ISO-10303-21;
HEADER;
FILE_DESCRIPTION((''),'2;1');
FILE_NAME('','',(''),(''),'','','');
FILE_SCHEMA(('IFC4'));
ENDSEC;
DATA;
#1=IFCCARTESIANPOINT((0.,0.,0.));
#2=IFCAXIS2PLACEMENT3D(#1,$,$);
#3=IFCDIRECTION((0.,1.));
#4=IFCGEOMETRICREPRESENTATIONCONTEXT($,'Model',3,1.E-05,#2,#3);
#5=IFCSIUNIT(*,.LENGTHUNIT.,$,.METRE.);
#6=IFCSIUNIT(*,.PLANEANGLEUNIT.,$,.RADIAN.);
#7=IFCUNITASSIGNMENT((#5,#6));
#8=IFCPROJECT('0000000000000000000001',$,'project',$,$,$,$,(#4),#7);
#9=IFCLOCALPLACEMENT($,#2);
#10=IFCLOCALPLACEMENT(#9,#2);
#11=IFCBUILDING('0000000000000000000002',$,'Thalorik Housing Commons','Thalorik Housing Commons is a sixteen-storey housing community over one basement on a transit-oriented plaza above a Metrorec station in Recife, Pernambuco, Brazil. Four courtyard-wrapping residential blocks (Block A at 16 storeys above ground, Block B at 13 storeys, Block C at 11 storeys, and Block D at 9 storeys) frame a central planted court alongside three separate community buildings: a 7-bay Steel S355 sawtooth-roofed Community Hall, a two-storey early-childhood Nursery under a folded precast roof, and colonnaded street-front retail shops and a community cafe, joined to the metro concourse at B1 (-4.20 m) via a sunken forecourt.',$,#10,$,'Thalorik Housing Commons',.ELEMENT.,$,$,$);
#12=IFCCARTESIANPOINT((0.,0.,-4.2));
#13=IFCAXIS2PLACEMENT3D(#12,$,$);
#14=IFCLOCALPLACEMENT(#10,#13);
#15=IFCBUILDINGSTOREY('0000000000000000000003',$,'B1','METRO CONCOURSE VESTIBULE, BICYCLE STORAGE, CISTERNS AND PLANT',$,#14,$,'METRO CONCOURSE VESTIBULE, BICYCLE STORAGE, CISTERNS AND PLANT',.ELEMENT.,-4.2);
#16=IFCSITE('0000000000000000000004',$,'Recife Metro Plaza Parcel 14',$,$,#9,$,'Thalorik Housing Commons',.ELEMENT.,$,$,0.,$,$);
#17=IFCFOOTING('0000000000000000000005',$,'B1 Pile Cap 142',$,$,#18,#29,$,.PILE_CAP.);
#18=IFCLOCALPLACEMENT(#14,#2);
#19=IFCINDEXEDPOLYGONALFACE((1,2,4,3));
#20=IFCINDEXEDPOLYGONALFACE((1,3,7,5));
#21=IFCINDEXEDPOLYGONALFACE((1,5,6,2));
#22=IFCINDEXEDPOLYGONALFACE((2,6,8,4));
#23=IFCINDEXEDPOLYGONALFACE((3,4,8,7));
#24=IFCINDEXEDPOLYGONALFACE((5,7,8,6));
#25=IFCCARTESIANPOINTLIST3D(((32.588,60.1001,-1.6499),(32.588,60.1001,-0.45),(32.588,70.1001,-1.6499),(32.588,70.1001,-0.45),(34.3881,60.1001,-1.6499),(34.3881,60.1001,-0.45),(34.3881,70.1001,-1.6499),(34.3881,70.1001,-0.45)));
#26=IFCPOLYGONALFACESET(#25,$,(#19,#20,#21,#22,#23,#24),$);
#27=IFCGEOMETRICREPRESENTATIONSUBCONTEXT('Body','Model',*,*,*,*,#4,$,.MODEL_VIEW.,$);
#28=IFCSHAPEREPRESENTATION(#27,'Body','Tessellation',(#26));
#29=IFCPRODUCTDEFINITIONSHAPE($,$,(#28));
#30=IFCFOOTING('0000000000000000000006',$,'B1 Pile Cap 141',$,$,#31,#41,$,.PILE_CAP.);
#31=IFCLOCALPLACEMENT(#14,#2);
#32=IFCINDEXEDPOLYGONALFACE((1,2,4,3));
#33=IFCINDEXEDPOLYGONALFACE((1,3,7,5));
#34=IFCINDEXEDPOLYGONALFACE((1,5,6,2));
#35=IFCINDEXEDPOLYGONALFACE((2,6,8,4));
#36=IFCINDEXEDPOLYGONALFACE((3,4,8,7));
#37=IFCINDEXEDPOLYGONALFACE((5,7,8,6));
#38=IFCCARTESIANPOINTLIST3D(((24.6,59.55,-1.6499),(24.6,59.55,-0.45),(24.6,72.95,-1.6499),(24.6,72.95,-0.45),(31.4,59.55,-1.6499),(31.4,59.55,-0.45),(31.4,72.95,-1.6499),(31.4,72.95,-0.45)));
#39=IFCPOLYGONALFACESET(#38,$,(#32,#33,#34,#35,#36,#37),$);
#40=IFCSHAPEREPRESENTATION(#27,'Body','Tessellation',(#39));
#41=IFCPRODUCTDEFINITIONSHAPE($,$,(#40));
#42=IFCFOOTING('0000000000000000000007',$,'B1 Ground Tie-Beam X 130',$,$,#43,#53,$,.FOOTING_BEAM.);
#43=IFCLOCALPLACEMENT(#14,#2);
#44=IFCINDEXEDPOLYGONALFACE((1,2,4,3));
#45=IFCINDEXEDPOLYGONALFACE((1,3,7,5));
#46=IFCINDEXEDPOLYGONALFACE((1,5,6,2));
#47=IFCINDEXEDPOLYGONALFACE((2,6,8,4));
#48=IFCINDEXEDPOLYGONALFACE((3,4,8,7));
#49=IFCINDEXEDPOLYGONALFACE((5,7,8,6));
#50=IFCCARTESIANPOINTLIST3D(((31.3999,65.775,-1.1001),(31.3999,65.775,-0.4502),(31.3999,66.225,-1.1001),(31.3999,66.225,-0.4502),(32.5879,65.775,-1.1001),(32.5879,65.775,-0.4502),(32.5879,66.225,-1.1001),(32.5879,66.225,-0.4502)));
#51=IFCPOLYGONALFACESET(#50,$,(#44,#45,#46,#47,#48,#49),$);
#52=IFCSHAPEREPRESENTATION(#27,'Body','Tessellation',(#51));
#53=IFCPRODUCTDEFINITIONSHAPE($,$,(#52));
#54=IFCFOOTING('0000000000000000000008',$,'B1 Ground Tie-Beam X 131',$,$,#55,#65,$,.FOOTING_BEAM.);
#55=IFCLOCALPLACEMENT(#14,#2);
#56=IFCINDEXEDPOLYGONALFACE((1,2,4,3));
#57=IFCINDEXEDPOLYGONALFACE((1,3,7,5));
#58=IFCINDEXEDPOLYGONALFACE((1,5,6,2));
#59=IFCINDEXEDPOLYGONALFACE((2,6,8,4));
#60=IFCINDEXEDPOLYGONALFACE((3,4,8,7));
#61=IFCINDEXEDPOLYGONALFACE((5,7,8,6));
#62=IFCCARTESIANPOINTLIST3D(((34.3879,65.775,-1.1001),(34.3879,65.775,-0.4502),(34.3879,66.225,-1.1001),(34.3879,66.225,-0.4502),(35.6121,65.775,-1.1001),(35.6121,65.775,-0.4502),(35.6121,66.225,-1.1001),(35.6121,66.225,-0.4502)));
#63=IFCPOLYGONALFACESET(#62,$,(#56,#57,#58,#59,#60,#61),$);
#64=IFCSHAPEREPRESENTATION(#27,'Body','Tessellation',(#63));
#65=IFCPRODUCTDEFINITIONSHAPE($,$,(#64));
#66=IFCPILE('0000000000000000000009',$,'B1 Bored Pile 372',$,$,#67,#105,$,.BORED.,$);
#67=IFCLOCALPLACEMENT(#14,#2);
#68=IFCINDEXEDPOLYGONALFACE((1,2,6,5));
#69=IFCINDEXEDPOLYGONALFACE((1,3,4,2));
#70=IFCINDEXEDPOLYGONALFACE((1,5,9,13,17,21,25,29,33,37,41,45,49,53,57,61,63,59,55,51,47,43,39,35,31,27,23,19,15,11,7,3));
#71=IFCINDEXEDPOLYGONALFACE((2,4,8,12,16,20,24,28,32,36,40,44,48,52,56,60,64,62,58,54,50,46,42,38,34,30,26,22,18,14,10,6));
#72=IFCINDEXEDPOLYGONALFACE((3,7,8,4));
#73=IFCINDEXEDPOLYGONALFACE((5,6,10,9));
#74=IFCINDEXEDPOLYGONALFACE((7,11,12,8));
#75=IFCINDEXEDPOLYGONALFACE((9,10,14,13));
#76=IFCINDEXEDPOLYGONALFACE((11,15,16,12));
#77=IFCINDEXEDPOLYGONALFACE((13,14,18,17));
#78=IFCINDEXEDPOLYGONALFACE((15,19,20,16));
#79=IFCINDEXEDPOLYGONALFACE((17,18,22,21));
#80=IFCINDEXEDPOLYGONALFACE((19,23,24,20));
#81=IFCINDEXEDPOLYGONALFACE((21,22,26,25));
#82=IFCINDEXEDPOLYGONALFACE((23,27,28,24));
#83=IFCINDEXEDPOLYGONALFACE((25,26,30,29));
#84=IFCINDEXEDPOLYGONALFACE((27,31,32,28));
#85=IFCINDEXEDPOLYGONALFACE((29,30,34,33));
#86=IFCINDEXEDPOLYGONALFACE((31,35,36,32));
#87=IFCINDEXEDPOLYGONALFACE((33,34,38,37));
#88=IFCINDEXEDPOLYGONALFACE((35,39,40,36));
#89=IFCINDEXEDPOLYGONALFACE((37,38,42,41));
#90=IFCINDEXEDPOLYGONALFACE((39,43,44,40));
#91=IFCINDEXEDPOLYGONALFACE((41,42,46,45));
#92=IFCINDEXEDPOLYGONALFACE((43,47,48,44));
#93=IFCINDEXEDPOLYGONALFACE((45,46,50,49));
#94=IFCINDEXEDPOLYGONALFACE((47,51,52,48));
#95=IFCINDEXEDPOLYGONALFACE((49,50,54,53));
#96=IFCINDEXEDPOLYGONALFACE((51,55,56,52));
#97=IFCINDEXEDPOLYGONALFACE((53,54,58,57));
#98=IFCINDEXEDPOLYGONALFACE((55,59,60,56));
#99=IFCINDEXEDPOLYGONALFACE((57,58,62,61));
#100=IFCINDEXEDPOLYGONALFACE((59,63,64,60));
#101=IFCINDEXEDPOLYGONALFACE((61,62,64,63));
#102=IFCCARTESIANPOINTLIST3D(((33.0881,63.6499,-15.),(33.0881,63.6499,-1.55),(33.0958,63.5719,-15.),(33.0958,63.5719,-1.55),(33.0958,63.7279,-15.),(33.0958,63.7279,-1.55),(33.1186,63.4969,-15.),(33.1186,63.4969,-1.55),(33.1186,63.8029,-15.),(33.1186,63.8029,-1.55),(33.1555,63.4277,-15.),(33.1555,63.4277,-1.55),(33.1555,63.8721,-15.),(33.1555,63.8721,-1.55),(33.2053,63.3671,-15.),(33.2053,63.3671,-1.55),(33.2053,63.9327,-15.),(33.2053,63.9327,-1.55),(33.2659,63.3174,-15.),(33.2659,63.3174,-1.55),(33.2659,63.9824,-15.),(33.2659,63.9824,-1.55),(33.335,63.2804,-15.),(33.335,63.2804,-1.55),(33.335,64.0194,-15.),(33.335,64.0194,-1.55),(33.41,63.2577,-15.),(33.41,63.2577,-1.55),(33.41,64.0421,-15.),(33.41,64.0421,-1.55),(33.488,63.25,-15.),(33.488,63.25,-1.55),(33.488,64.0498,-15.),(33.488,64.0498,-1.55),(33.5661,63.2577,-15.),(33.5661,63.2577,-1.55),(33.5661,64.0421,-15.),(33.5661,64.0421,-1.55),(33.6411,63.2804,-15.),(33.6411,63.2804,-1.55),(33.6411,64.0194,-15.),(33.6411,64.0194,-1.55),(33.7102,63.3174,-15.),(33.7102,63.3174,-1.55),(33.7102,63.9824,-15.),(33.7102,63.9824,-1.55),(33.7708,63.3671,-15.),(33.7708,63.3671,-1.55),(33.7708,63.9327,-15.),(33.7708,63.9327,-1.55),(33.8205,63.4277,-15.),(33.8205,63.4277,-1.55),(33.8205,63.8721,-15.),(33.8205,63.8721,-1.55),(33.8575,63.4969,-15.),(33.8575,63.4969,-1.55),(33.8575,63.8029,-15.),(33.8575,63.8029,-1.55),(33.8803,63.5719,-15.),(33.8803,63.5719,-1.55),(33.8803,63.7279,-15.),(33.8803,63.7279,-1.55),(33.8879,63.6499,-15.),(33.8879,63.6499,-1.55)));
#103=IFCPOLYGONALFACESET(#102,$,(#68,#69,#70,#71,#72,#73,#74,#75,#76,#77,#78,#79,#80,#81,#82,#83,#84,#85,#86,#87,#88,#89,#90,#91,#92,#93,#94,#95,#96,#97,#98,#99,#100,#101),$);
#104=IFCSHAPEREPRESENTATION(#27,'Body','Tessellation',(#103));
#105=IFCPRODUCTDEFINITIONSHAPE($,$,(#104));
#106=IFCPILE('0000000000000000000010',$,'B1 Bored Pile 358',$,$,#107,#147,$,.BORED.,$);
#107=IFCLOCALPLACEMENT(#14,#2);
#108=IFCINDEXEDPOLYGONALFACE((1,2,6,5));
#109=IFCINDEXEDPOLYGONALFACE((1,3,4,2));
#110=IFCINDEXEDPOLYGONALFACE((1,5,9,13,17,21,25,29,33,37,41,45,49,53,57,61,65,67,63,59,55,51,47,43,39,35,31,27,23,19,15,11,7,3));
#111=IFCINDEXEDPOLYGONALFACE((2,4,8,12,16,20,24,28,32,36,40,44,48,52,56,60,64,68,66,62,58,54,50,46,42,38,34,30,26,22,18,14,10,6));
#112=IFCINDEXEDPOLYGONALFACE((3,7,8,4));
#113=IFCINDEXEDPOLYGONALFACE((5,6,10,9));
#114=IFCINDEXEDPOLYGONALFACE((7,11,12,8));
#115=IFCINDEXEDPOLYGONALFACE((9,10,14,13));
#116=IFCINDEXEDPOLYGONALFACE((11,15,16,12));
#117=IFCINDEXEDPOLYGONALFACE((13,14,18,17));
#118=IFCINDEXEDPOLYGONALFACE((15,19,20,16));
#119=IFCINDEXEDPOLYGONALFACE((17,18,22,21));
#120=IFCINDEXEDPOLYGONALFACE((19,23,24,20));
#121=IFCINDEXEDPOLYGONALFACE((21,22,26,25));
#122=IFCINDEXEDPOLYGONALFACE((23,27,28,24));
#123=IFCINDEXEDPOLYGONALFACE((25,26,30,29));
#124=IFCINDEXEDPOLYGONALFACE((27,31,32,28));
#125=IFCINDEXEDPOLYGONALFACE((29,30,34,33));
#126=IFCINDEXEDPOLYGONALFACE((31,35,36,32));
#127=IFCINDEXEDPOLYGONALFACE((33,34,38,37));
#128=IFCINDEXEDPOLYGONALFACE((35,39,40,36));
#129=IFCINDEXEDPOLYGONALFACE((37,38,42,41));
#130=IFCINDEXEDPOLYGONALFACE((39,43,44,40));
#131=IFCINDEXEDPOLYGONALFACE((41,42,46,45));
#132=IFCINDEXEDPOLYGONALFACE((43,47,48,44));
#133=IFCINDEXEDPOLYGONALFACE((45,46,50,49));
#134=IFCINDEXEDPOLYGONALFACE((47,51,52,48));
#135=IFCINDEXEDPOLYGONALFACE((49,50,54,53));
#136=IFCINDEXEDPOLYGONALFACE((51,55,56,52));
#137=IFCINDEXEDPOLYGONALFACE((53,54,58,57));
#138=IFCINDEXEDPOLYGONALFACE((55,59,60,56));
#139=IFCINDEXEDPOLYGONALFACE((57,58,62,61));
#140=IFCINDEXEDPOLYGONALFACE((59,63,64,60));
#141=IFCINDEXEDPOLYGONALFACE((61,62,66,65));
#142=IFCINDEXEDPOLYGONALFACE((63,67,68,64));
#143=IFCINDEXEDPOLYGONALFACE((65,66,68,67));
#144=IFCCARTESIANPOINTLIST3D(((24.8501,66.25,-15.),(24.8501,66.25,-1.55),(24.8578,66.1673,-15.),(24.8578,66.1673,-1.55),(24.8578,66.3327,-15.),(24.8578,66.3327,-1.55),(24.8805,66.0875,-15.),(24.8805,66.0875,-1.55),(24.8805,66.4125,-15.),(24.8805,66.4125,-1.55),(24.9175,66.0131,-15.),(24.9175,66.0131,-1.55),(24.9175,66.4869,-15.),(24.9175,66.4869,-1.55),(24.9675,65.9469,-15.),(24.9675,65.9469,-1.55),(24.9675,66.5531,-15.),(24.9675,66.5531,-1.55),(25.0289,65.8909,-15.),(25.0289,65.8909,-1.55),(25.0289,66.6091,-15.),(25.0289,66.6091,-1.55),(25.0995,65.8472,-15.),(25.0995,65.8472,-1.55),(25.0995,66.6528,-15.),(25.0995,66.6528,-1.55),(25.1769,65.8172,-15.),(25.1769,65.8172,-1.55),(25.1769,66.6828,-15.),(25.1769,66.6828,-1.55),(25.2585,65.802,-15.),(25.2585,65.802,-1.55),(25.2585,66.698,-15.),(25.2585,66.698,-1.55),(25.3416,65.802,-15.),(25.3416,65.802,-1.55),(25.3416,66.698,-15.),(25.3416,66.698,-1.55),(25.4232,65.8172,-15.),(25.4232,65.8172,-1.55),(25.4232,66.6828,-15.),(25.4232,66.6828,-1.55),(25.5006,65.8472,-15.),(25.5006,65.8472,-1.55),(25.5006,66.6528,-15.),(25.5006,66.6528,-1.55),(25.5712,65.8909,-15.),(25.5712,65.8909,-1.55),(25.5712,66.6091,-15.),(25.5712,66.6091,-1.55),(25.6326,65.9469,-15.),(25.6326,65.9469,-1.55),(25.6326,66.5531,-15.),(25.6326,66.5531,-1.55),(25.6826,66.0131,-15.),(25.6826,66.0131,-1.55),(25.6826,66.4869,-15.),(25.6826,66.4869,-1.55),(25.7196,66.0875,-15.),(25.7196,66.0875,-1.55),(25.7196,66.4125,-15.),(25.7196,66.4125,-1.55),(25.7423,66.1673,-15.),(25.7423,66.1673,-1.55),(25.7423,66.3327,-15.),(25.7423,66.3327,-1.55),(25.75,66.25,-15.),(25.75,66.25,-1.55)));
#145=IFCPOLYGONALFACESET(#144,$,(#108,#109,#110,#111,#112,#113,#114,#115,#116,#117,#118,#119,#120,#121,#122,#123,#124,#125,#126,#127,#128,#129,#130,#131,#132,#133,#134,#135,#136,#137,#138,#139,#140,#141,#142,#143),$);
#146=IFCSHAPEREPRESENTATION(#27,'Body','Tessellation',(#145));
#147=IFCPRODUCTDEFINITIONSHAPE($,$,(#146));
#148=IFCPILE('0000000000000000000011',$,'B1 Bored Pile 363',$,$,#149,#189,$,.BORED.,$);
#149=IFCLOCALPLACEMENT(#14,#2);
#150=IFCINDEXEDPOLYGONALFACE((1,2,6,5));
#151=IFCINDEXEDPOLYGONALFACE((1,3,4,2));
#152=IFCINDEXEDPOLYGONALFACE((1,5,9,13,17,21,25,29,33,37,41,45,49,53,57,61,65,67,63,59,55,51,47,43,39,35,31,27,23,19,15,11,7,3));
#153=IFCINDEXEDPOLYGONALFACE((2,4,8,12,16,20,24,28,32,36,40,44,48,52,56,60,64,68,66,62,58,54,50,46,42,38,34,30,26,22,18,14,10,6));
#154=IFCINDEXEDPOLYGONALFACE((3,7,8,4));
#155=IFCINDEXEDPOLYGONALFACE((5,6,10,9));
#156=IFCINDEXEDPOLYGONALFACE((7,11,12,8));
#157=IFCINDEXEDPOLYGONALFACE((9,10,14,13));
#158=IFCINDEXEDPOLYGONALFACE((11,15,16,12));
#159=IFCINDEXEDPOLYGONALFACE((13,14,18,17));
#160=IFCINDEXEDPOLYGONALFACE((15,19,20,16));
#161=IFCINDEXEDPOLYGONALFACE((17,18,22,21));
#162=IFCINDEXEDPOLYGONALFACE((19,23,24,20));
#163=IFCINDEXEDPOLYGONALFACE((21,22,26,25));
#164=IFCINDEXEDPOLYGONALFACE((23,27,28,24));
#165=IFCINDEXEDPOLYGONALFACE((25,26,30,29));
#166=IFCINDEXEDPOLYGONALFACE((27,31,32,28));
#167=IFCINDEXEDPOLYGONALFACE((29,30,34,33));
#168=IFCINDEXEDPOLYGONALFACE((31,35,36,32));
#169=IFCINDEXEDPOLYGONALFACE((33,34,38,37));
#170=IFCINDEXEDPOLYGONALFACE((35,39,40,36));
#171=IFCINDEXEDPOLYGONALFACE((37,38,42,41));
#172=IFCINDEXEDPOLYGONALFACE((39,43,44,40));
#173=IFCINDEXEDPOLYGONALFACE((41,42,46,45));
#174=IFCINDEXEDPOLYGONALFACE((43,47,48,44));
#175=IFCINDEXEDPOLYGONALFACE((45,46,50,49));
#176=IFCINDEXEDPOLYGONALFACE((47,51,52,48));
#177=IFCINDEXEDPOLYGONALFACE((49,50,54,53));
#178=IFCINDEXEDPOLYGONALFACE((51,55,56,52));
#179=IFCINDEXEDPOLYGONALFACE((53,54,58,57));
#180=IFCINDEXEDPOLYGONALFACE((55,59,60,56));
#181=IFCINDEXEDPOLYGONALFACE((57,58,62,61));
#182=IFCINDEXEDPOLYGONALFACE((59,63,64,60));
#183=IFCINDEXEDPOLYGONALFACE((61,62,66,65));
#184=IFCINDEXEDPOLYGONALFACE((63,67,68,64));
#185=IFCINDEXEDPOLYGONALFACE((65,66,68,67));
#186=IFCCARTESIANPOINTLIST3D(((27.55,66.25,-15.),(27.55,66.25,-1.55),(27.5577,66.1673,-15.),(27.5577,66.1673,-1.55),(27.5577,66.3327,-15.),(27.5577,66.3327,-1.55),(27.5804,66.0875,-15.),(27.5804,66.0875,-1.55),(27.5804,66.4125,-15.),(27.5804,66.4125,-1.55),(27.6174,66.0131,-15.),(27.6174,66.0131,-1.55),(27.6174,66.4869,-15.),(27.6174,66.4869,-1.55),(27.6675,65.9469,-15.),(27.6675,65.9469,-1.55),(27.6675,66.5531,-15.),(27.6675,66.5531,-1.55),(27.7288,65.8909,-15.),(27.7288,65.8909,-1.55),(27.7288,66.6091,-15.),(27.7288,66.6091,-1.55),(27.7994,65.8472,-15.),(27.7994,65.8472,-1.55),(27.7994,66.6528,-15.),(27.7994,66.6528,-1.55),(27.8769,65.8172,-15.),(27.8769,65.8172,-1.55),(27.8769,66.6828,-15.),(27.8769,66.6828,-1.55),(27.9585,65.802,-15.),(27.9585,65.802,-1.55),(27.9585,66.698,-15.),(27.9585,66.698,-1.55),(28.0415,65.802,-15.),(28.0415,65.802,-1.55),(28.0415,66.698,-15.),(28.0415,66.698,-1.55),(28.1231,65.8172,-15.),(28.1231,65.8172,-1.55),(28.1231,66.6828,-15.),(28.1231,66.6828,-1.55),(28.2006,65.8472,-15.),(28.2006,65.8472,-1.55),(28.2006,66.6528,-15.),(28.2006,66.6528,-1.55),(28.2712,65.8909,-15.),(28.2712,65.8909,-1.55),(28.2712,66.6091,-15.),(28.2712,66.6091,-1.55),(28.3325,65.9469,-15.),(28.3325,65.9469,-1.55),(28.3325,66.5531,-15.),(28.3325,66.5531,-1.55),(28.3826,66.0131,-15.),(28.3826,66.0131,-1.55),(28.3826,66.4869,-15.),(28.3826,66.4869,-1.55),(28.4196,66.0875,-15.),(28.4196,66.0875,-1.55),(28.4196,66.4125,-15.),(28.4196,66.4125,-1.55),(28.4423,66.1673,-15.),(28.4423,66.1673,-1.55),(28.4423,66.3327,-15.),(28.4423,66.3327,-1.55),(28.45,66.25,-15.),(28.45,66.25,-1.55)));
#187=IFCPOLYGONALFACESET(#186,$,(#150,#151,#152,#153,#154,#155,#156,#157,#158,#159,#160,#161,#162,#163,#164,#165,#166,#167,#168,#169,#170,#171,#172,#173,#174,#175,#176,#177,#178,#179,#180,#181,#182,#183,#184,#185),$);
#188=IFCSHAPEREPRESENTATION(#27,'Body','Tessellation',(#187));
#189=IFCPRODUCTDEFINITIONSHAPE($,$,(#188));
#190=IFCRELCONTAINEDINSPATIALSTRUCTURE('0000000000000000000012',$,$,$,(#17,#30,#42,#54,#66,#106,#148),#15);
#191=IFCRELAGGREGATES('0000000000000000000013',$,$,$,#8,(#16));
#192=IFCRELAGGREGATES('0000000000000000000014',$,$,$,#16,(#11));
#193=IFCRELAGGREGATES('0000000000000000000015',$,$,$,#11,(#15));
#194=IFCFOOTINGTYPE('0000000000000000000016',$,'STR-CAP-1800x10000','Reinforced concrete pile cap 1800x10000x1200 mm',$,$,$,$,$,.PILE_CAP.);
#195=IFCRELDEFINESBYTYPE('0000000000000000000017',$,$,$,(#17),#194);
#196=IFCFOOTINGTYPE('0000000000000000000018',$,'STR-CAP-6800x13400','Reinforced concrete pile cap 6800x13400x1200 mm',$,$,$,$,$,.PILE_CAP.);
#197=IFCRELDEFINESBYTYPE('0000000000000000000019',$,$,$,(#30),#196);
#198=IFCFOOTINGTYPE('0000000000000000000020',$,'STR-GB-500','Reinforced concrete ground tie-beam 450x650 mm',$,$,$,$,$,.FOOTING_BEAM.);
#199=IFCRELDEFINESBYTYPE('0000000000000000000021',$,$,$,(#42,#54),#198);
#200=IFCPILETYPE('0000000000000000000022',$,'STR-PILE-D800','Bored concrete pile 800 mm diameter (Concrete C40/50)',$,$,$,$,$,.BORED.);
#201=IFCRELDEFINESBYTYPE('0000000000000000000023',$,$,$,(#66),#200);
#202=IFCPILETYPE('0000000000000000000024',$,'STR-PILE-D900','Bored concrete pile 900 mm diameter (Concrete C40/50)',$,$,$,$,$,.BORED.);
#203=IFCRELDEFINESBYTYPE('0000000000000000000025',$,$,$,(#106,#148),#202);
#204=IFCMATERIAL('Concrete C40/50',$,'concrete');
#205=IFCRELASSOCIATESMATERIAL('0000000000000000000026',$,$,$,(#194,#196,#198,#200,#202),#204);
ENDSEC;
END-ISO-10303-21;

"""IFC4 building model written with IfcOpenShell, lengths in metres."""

from ifc_helpers import new_model, si_unit, direction, frame, origin, origin_2d, place, context, subcontext, project, spatial, rectangle, circle, extrude, material, material_profile, profile_set, type_object, element, save


model = new_model("IFC4")

# Units and contexts
model_context = context("Model", 3, precision=1e-05, world=origin(), true_north=direction((0.0, 1.0)))
body_context = subcontext(model_context, "Body", "Model", "MODEL_VIEW")
ifc_project = project(units=[si_unit("LENGTHUNIT", "METRE"), si_unit("PLANEANGLEUNIT", "RADIAN")], contexts=[model_context])

# Site, building, storey
site_placement = place(None, origin())
site = spatial("IfcSite", under=ifc_project, at=site_placement, Name="Recife Metro Plaza Parcel 14", LongName="Thalorik Housing Commons", CompositionType="ELEMENT", RefElevation=0.0)
building_placement = place(site_placement, origin())
building = spatial("IfcBuilding", under=site, at=building_placement, Name="Thalorik Housing Commons", Description="Thalorik Housing Commons is a sixteen-storey housing community over one basement on a transit-oriented plaza above a Metrorec station in Recife, Pernambuco, Brazil. Four courtyard-wrapping residential blocks (Block A at 16 storeys above ground, Block B at 13 storeys, Block C at 11 storeys, and Block D at 9 storeys) frame a central planted court alongside three separate community buildings: a 7-bay Steel S355 sawtooth-roofed Community Hall, a two-storey early-childhood Nursery under a folded precast roof, and colonnaded street-front retail shops and a community cafe, joined to the metro concourse at B1 (-4.20 m) via a sunken forecourt.", LongName="Thalorik Housing Commons", CompositionType="ELEMENT")
storey_placement = place(building_placement, frame((0.0, 0.0, -4.2)))
storey = spatial("IfcBuildingStorey", under=building, at=storey_placement, Name="B1", Description="METRO CONCOURSE VESTIBULE, BICYCLE STORAGE, CISTERNS AND PLANT", LongName="METRO CONCOURSE VESTIBULE, BICYCLE STORAGE, CISTERNS AND PLANT", CompositionType="ELEMENT", Elevation=-4.2)

# Footings
ifc_material_1 = material(Name="Concrete C40/50", Category="concrete")
footing_type_1 = type_object("IfcFootingType", Name="STR-CAP-1800x10000", Description="Reinforced concrete pile cap 1800x10000x1200 mm", PredefinedType="PILE_CAP", material=ifc_material_1)
footing_1_placement = place(storey_placement, frame((33.488, 65.1001, -1.6499), z_axis=(0.0, 0.0, 1.0), x_axis=(1.0, 0.0, 0.0)))
element("IfcFooting", 1, at=footing_1_placement, inside=storey, type_object=footing_type_1, Name="B1 Pile Cap 142", PredefinedType="PILE_CAP", context=body_context, shape_type="SweptSolid", body=[
    extrude(rectangle(XDim=1.8, YDim=10.0, at=origin_2d()), origin(), (0.0, 0.0, 1.0), 1.2),
])
footing_type_2 = type_object("IfcFootingType", Name="STR-CAP-6800x13400", Description="Reinforced concrete pile cap 6800x13400x1200 mm", PredefinedType="PILE_CAP", material=ifc_material_1)
footing_2_placement = place(storey_placement, frame((28.0, 66.25, -1.6499), z_axis=(0.0, 0.0, 1.0), x_axis=(1.0, 0.0, 0.0)))
element("IfcFooting", 2, at=footing_2_placement, inside=storey, type_object=footing_type_2, Name="B1 Pile Cap 141", PredefinedType="PILE_CAP", context=body_context, shape_type="SweptSolid", body=[
    extrude(rectangle(XDim=6.8, YDim=13.3999, at=origin_2d()), origin(), (0.0, 0.0, 1.0), 1.2),
])
ifc_material_profile_1 = material_profile(ifc_material_1, rectangle(XDim=0.45, YDim=0.6499, at=origin_2d()), Name="RC 450x650", Category="concrete")
ifc_profile_set_1 = profile_set([ifc_material_profile_1], Name="Concrete C40/50")
footing_type_3 = type_object("IfcFootingType", Name="STR-GB-500", Description="Reinforced concrete ground tie-beam 450x650 mm", PredefinedType="FOOTING_BEAM", material=ifc_profile_set_1)
footing_3_placement = place(storey_placement, frame((31.3999, 66.0, -0.7751), z_axis=(1.0, 0.0, 0.0), x_axis=(0.0, 1.0, 0.0)))
element("IfcFooting", 3, at=footing_3_placement, inside=storey, type_object=footing_type_3, Name="B1 Ground Tie-Beam X 130", PredefinedType="FOOTING_BEAM", context=body_context, shape_type="SweptSolid", body=[
    extrude(rectangle(XDim=0.45, YDim=0.6499, at=origin_2d()), origin(), (0.0, 0.0, 1.0), 1.188),
])
footing_4_placement = place(storey_placement, frame((34.3879, 66.0, -0.7751), z_axis=(1.0, 0.0, 0.0), x_axis=(0.0, 1.0, 0.0)))
element("IfcFooting", 4, at=footing_4_placement, inside=storey, type_object=footing_type_3, Name="B1 Ground Tie-Beam X 131", PredefinedType="FOOTING_BEAM", context=body_context, shape_type="SweptSolid", body=[
    extrude(rectangle(XDim=0.45, YDim=0.6499, at=origin_2d()), origin(), (0.0, 0.0, 1.0), 1.2241),
])

# Piles
ifc_material_profile_2 = material_profile(ifc_material_1, circle(Radius=0.3999, at=origin_2d()), Name="BORED PILE D800", Category="concrete")
ifc_profile_set_2 = profile_set([ifc_material_profile_2], Name="Concrete C40/50")
pile_type_1 = type_object("IfcPileType", Name="STR-PILE-D800", Description="Bored concrete pile 800 mm diameter (Concrete C40/50)", PredefinedType="BORED", material=ifc_profile_set_2)
pile_placement = place(storey_placement, frame((33.488, 63.6499, -1.55), z_axis=(0.0, 0.0, -1.0), x_axis=(1.0, 0.0, 0.0)))
element("IfcPile", 5, at=pile_placement, inside=storey, type_object=pile_type_1, Name="B1 Bored Pile 372", PredefinedType="BORED", context=body_context, shape_type="SweptSolid", body=[
    extrude(circle(Radius=0.3999, at=origin_2d()), origin(), (0.0, 0.0, 1.0), 13.45),
])
ifc_material_profile_3 = material_profile(ifc_material_1, circle(Radius=0.45, at=origin_2d()), Name="BORED PILE D900", Category="concrete")
ifc_profile_set_3 = profile_set([ifc_material_profile_3], Name="Concrete C40/50")
pile_type_2 = type_object("IfcPileType", Name="STR-PILE-D900", Description="Bored concrete pile 900 mm diameter (Concrete C40/50)", PredefinedType="BORED", material=ifc_profile_set_3)
for number, where, z_axis, x_axis, name in (
    (6, (25.3, 66.25, -1.55), (0.0, 0.0, -1.0), (1.0, 0.0, 0.0), "B1 Bored Pile 358"),
    (7, (28.0, 66.25, -1.55), (0.0, 0.0, -1.0), (1.0, 0.0, 0.0), "B1 Bored Pile 363"),
):
    element("IfcPile", number, at=place(storey_placement, frame(where, z_axis=z_axis, x_axis=x_axis)), inside=storey, type_object=pile_type_2, Name=name, PredefinedType="BORED", context=body_context, shape_type="SweptSolid", body=[
        extrude(circle(Radius=0.45, at=origin_2d()), origin(), (0.0, 0.0, 1.0), 13.45),
    ])

save(model, "model.ifc")
